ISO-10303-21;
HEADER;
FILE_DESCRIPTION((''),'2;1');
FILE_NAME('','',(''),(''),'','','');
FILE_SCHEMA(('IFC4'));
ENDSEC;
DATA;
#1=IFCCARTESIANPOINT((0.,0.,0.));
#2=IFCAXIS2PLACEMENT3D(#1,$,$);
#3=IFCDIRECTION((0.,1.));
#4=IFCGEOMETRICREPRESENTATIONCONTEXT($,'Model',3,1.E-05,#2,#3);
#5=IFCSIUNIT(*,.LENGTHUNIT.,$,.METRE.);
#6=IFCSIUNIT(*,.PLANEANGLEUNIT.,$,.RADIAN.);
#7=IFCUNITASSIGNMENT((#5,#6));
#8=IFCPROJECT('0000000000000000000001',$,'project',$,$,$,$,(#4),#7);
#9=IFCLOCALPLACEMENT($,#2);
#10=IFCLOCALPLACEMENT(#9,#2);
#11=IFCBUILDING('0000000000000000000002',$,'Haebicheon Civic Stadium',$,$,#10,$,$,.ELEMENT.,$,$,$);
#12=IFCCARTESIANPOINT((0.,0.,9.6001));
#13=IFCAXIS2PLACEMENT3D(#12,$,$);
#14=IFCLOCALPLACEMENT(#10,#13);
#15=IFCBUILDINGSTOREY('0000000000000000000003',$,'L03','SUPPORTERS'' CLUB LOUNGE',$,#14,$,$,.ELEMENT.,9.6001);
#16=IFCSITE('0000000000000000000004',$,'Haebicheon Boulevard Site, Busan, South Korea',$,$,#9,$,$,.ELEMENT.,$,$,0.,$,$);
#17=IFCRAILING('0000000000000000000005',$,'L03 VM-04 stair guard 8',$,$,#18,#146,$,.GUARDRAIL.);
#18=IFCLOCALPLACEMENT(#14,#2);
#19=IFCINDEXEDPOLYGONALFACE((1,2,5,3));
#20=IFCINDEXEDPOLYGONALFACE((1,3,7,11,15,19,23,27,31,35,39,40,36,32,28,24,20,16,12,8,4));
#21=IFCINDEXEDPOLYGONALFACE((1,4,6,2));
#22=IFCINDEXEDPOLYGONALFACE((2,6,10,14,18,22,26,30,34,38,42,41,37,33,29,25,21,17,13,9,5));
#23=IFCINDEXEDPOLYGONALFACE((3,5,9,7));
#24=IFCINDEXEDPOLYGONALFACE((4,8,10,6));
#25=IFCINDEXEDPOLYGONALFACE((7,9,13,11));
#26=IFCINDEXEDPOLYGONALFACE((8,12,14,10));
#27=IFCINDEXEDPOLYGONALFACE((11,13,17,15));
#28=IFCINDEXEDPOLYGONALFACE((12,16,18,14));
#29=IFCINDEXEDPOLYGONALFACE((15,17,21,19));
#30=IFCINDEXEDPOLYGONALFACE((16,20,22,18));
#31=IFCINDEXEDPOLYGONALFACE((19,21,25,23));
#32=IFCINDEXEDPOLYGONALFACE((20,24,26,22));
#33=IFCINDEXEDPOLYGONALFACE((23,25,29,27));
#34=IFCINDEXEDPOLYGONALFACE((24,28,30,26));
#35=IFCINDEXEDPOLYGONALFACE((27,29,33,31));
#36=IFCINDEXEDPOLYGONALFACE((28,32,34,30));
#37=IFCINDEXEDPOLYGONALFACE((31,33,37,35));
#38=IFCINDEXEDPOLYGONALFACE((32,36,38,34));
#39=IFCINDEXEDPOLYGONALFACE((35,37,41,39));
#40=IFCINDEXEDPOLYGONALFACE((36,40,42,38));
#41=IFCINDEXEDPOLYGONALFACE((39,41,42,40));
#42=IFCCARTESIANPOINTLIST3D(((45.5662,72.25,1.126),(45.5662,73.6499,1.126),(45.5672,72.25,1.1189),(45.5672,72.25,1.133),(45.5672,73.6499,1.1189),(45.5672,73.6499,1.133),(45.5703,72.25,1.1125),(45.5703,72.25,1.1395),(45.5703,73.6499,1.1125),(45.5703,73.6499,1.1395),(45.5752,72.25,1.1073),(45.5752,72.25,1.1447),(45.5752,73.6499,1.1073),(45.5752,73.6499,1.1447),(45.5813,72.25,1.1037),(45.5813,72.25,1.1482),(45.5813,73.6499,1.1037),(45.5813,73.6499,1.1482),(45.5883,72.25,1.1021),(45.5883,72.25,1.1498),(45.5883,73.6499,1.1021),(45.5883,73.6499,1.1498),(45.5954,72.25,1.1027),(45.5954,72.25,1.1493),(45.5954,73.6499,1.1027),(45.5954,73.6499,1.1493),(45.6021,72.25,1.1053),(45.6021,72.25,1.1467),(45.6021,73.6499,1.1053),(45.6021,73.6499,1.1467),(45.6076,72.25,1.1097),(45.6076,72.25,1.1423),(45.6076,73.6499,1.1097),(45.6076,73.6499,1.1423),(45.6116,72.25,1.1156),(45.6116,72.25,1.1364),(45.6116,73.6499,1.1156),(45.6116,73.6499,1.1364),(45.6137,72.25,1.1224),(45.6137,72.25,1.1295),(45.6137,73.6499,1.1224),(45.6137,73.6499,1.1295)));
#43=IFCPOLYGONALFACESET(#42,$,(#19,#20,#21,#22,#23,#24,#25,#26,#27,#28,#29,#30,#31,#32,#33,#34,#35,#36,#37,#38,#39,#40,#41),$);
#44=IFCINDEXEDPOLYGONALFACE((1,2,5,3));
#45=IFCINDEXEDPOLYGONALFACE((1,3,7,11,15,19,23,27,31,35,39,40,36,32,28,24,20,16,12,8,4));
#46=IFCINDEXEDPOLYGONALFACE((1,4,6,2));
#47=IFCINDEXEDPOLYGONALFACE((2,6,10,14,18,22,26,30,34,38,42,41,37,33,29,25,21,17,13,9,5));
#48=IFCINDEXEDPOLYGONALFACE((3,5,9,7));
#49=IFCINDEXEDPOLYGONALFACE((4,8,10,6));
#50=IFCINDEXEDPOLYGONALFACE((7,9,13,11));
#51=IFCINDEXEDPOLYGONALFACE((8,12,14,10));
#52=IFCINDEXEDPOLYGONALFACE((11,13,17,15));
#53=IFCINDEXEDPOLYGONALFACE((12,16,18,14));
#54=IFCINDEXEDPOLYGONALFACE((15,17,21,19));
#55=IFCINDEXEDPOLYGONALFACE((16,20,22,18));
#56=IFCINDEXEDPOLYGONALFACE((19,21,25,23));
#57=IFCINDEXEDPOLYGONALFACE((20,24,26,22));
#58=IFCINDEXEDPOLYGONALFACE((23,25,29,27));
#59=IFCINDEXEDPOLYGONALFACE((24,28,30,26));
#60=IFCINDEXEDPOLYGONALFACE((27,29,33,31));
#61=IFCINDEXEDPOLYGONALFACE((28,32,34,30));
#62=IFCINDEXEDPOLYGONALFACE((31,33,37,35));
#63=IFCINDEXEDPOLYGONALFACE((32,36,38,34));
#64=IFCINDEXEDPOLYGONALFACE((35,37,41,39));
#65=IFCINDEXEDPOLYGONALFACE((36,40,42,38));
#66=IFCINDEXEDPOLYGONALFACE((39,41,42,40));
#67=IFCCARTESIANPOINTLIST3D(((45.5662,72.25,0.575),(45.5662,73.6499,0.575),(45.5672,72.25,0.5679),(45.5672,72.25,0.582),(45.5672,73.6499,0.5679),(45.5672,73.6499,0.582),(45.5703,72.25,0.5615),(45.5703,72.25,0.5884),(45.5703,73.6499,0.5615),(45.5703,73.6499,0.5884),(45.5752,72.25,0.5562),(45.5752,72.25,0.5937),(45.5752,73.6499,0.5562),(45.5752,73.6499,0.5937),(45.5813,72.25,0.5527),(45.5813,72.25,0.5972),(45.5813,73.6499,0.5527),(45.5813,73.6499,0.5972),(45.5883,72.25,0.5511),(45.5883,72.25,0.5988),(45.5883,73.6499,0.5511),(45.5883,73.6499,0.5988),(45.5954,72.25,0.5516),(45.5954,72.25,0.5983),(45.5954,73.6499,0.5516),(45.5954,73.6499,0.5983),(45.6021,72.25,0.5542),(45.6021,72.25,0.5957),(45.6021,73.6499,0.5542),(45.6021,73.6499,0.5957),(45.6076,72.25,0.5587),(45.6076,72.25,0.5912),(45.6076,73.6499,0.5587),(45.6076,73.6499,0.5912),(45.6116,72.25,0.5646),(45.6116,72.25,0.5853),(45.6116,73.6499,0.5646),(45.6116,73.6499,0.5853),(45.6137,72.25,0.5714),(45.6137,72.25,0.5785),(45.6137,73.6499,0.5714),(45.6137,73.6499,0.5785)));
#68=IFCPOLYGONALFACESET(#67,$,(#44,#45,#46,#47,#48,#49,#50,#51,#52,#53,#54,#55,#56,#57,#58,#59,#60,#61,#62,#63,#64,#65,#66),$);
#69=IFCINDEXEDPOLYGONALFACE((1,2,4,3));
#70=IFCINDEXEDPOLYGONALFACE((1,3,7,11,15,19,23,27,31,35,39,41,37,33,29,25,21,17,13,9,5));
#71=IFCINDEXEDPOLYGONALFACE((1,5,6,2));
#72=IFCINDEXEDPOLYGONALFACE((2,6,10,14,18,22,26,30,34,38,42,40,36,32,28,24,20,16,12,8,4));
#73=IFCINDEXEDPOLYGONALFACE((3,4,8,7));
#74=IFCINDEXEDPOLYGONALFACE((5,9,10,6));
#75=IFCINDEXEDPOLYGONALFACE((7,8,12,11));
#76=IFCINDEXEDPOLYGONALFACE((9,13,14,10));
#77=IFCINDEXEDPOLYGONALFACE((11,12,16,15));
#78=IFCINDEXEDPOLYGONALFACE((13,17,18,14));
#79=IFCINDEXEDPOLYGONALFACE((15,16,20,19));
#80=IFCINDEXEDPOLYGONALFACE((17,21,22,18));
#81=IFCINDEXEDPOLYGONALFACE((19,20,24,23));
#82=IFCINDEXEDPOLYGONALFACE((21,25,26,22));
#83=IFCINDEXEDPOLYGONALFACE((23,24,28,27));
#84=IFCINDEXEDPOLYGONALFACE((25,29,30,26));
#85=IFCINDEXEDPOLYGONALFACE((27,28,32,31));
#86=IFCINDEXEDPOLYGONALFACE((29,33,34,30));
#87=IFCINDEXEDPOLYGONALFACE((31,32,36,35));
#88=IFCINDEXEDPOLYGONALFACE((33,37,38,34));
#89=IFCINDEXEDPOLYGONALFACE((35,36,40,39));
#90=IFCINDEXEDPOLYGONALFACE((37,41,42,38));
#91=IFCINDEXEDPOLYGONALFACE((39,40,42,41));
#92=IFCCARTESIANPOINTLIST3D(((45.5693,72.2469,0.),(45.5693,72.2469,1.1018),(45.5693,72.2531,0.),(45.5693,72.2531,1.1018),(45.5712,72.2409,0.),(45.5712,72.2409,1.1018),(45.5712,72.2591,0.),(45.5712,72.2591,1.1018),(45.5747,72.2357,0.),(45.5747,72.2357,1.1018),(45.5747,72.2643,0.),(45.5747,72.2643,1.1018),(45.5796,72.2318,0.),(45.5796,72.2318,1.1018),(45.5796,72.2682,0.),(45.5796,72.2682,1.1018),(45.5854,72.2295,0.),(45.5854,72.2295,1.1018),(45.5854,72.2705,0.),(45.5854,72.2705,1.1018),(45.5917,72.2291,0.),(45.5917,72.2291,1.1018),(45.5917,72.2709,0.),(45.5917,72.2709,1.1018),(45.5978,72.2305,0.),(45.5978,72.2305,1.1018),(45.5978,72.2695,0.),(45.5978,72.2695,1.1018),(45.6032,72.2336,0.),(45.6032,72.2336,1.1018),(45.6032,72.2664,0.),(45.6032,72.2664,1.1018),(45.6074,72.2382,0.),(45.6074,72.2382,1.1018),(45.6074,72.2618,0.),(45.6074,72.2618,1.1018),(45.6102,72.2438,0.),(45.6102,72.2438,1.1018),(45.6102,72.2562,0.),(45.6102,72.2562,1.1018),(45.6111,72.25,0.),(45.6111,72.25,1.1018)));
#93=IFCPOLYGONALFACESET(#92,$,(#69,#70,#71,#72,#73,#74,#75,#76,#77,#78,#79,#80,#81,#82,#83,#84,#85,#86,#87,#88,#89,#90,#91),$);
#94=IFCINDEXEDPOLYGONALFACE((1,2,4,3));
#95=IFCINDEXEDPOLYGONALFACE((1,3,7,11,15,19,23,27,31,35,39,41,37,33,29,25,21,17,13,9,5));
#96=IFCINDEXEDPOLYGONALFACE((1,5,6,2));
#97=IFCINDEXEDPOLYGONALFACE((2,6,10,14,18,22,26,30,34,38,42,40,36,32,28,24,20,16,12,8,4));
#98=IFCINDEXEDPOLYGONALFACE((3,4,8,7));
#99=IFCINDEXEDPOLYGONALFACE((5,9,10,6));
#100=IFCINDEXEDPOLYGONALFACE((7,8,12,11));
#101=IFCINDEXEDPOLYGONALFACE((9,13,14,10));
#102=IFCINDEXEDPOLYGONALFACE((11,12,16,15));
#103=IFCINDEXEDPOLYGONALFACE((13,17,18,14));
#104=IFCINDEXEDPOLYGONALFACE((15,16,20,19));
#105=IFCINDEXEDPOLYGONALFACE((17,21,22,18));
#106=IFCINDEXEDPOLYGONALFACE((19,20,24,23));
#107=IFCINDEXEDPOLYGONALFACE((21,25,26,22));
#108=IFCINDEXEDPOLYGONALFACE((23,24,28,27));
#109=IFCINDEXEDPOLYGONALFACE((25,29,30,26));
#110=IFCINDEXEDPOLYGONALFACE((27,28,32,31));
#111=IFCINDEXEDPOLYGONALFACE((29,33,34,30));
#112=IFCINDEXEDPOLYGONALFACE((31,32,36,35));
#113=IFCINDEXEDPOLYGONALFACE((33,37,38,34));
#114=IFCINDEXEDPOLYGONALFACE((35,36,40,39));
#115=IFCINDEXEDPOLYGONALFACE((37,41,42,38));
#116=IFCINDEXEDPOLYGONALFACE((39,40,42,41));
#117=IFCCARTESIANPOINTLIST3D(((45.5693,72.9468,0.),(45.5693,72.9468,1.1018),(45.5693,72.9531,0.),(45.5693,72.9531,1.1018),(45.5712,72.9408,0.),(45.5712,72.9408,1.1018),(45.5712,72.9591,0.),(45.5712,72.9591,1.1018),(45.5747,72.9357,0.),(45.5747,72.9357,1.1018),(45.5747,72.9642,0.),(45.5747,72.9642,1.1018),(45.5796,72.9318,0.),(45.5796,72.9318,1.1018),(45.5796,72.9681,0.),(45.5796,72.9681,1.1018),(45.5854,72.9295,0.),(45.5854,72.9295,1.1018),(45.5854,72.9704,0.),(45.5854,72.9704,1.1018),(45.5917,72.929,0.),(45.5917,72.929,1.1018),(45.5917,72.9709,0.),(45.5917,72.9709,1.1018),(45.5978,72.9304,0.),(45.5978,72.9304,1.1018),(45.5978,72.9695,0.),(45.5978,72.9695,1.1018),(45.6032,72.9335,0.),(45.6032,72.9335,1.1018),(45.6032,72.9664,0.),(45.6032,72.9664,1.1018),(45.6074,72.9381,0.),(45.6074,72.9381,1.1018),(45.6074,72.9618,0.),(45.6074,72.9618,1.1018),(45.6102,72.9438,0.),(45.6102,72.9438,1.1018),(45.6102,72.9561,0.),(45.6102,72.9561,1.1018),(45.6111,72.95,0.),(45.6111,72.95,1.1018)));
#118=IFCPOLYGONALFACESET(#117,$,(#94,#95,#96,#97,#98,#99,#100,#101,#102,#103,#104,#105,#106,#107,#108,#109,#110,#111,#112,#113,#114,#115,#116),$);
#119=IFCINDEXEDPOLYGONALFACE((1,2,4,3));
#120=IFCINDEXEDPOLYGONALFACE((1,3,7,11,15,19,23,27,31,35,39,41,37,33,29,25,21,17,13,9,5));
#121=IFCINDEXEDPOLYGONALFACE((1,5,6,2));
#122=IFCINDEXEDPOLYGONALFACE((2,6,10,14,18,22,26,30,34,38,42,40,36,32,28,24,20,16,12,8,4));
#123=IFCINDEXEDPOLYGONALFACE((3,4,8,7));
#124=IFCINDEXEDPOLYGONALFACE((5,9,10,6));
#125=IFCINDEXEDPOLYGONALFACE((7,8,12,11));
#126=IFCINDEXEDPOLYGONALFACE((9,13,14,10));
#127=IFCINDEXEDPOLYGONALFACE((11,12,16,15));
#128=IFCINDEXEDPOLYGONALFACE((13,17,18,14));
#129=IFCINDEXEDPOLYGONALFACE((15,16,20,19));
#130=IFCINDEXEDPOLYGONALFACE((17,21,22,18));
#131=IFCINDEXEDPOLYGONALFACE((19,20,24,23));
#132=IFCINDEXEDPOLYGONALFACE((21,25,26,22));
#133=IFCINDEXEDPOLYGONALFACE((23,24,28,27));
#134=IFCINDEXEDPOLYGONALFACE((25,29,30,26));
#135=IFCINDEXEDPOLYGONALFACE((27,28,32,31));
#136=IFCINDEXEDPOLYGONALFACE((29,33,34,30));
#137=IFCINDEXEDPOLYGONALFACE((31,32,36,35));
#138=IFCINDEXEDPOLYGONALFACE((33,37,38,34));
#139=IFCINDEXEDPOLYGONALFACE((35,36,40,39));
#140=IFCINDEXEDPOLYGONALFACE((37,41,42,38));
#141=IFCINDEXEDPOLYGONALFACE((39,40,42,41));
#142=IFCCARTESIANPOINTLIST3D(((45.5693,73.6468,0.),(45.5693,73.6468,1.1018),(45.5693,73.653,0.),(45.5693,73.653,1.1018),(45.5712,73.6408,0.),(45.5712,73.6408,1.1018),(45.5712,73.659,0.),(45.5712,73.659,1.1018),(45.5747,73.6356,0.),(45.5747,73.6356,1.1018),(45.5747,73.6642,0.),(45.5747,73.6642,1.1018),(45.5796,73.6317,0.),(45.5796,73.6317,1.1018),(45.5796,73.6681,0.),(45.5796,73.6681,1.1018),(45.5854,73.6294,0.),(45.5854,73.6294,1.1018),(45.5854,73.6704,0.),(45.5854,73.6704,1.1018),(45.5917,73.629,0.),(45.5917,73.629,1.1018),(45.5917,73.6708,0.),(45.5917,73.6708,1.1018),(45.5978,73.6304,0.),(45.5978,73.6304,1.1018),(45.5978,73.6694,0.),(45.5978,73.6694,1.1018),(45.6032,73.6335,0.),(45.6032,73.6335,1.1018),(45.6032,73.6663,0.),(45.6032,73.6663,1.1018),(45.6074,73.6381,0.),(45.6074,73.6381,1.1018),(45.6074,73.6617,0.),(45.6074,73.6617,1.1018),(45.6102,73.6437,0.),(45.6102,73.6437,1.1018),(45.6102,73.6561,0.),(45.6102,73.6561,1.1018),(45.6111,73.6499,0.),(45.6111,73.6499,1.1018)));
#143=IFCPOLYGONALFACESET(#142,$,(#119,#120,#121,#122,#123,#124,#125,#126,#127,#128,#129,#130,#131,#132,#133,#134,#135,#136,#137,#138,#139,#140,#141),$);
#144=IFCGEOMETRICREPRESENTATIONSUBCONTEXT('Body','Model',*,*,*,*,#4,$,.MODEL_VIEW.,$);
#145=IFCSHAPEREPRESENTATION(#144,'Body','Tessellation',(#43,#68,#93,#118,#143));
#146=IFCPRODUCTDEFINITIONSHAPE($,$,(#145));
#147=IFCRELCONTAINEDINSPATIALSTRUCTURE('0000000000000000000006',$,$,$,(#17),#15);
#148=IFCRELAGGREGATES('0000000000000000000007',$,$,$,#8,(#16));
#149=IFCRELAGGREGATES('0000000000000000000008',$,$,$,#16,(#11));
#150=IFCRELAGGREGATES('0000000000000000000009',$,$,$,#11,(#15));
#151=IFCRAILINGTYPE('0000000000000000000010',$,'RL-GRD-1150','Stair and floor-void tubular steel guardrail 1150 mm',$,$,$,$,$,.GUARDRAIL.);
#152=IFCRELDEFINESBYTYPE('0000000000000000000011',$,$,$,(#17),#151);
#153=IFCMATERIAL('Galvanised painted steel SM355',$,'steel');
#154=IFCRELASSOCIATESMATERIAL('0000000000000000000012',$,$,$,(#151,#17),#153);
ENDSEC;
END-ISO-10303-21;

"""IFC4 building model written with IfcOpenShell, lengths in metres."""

from ifc_helpers import new_model, si_unit, direction, frame, origin, origin_2d, place, context, subcontext, project, spatial, circle, extrude, material, type_object, element, save


model = new_model("IFC4")

# Units and contexts
model_context = context("Model", 3, precision=1e-05, world=origin(), true_north=direction((0.0, 1.0)))
body_context = subcontext(model_context, "Body", "Model", "MODEL_VIEW")
ifc_project = project(units=[si_unit("LENGTHUNIT", "METRE"), si_unit("PLANEANGLEUNIT", "RADIAN")], contexts=[model_context])

# Site, building, storey
site_placement = place(None, origin())
site = spatial("IfcSite", under=ifc_project, at=site_placement, Name="Haebicheon Boulevard Site, Busan, South Korea", CompositionType="ELEMENT", RefElevation=0.0)
building_placement = place(site_placement, origin())
building = spatial("IfcBuilding", under=site, at=building_placement, Name="Haebicheon Civic Stadium", CompositionType="ELEMENT")
storey_placement = place(building_placement, frame((0.0, 0.0, 9.6001)))
storey = spatial("IfcBuildingStorey", under=building, at=storey_placement, Name="L03", Description="SUPPORTERS' CLUB LOUNGE", CompositionType="ELEMENT", Elevation=9.6001)

# Railing
ifc_material_1 = material(Name="Galvanised painted steel SM355", Category="steel")
railing_type_1 = type_object("IfcRailingType", Name="RL-GRD-1150", Description="Stair and floor-void tubular steel guardrail 1150 mm", PredefinedType="GUARDRAIL", material=ifc_material_1)
for number, where, name in (
    (1, (45.5901, 72.25, 0.0), "L03 VM-04 stair guard 8"),
):
    element("IfcRailing", number, at=place(storey_placement, frame(where)), inside=storey, type_object=railing_type_1, material=ifc_material_1, Name=name, PredefinedType="GUARDRAIL", context=body_context, shape_type="SweptSolid", body=[
        extrude(circle(Radius=0.0239, at=origin_2d()), frame((0.0, 0.0, 1.126), z_axis=(0.0, 1.0, 0.0), x_axis=(-1.0, 0.0, 0.0)), (0.0, 0.0, 1.0), 1.3999),
        extrude(circle(Radius=0.0239, at=origin_2d()), frame((0.0, 0.0, 0.575), z_axis=(0.0, 1.0, 0.0), x_axis=(-1.0, 0.0, 0.0)), (0.0, 0.0, 1.0), 1.3999),
        extrude(circle(Radius=0.021, at=origin_2d()), origin(), (0.0, 0.0, 1.0), 1.1018),
        extrude(circle(Radius=0.021, at=origin_2d()), frame((0.0, 0.7, 0.0)), (0.0, 0.0, 1.0), 1.1018),
        extrude(circle(Radius=0.021, at=origin_2d()), frame((0.0, 1.3999, 0.0)), (0.0, 0.0, 1.0), 1.1018),
    ])

save(model, "model.ifc")
